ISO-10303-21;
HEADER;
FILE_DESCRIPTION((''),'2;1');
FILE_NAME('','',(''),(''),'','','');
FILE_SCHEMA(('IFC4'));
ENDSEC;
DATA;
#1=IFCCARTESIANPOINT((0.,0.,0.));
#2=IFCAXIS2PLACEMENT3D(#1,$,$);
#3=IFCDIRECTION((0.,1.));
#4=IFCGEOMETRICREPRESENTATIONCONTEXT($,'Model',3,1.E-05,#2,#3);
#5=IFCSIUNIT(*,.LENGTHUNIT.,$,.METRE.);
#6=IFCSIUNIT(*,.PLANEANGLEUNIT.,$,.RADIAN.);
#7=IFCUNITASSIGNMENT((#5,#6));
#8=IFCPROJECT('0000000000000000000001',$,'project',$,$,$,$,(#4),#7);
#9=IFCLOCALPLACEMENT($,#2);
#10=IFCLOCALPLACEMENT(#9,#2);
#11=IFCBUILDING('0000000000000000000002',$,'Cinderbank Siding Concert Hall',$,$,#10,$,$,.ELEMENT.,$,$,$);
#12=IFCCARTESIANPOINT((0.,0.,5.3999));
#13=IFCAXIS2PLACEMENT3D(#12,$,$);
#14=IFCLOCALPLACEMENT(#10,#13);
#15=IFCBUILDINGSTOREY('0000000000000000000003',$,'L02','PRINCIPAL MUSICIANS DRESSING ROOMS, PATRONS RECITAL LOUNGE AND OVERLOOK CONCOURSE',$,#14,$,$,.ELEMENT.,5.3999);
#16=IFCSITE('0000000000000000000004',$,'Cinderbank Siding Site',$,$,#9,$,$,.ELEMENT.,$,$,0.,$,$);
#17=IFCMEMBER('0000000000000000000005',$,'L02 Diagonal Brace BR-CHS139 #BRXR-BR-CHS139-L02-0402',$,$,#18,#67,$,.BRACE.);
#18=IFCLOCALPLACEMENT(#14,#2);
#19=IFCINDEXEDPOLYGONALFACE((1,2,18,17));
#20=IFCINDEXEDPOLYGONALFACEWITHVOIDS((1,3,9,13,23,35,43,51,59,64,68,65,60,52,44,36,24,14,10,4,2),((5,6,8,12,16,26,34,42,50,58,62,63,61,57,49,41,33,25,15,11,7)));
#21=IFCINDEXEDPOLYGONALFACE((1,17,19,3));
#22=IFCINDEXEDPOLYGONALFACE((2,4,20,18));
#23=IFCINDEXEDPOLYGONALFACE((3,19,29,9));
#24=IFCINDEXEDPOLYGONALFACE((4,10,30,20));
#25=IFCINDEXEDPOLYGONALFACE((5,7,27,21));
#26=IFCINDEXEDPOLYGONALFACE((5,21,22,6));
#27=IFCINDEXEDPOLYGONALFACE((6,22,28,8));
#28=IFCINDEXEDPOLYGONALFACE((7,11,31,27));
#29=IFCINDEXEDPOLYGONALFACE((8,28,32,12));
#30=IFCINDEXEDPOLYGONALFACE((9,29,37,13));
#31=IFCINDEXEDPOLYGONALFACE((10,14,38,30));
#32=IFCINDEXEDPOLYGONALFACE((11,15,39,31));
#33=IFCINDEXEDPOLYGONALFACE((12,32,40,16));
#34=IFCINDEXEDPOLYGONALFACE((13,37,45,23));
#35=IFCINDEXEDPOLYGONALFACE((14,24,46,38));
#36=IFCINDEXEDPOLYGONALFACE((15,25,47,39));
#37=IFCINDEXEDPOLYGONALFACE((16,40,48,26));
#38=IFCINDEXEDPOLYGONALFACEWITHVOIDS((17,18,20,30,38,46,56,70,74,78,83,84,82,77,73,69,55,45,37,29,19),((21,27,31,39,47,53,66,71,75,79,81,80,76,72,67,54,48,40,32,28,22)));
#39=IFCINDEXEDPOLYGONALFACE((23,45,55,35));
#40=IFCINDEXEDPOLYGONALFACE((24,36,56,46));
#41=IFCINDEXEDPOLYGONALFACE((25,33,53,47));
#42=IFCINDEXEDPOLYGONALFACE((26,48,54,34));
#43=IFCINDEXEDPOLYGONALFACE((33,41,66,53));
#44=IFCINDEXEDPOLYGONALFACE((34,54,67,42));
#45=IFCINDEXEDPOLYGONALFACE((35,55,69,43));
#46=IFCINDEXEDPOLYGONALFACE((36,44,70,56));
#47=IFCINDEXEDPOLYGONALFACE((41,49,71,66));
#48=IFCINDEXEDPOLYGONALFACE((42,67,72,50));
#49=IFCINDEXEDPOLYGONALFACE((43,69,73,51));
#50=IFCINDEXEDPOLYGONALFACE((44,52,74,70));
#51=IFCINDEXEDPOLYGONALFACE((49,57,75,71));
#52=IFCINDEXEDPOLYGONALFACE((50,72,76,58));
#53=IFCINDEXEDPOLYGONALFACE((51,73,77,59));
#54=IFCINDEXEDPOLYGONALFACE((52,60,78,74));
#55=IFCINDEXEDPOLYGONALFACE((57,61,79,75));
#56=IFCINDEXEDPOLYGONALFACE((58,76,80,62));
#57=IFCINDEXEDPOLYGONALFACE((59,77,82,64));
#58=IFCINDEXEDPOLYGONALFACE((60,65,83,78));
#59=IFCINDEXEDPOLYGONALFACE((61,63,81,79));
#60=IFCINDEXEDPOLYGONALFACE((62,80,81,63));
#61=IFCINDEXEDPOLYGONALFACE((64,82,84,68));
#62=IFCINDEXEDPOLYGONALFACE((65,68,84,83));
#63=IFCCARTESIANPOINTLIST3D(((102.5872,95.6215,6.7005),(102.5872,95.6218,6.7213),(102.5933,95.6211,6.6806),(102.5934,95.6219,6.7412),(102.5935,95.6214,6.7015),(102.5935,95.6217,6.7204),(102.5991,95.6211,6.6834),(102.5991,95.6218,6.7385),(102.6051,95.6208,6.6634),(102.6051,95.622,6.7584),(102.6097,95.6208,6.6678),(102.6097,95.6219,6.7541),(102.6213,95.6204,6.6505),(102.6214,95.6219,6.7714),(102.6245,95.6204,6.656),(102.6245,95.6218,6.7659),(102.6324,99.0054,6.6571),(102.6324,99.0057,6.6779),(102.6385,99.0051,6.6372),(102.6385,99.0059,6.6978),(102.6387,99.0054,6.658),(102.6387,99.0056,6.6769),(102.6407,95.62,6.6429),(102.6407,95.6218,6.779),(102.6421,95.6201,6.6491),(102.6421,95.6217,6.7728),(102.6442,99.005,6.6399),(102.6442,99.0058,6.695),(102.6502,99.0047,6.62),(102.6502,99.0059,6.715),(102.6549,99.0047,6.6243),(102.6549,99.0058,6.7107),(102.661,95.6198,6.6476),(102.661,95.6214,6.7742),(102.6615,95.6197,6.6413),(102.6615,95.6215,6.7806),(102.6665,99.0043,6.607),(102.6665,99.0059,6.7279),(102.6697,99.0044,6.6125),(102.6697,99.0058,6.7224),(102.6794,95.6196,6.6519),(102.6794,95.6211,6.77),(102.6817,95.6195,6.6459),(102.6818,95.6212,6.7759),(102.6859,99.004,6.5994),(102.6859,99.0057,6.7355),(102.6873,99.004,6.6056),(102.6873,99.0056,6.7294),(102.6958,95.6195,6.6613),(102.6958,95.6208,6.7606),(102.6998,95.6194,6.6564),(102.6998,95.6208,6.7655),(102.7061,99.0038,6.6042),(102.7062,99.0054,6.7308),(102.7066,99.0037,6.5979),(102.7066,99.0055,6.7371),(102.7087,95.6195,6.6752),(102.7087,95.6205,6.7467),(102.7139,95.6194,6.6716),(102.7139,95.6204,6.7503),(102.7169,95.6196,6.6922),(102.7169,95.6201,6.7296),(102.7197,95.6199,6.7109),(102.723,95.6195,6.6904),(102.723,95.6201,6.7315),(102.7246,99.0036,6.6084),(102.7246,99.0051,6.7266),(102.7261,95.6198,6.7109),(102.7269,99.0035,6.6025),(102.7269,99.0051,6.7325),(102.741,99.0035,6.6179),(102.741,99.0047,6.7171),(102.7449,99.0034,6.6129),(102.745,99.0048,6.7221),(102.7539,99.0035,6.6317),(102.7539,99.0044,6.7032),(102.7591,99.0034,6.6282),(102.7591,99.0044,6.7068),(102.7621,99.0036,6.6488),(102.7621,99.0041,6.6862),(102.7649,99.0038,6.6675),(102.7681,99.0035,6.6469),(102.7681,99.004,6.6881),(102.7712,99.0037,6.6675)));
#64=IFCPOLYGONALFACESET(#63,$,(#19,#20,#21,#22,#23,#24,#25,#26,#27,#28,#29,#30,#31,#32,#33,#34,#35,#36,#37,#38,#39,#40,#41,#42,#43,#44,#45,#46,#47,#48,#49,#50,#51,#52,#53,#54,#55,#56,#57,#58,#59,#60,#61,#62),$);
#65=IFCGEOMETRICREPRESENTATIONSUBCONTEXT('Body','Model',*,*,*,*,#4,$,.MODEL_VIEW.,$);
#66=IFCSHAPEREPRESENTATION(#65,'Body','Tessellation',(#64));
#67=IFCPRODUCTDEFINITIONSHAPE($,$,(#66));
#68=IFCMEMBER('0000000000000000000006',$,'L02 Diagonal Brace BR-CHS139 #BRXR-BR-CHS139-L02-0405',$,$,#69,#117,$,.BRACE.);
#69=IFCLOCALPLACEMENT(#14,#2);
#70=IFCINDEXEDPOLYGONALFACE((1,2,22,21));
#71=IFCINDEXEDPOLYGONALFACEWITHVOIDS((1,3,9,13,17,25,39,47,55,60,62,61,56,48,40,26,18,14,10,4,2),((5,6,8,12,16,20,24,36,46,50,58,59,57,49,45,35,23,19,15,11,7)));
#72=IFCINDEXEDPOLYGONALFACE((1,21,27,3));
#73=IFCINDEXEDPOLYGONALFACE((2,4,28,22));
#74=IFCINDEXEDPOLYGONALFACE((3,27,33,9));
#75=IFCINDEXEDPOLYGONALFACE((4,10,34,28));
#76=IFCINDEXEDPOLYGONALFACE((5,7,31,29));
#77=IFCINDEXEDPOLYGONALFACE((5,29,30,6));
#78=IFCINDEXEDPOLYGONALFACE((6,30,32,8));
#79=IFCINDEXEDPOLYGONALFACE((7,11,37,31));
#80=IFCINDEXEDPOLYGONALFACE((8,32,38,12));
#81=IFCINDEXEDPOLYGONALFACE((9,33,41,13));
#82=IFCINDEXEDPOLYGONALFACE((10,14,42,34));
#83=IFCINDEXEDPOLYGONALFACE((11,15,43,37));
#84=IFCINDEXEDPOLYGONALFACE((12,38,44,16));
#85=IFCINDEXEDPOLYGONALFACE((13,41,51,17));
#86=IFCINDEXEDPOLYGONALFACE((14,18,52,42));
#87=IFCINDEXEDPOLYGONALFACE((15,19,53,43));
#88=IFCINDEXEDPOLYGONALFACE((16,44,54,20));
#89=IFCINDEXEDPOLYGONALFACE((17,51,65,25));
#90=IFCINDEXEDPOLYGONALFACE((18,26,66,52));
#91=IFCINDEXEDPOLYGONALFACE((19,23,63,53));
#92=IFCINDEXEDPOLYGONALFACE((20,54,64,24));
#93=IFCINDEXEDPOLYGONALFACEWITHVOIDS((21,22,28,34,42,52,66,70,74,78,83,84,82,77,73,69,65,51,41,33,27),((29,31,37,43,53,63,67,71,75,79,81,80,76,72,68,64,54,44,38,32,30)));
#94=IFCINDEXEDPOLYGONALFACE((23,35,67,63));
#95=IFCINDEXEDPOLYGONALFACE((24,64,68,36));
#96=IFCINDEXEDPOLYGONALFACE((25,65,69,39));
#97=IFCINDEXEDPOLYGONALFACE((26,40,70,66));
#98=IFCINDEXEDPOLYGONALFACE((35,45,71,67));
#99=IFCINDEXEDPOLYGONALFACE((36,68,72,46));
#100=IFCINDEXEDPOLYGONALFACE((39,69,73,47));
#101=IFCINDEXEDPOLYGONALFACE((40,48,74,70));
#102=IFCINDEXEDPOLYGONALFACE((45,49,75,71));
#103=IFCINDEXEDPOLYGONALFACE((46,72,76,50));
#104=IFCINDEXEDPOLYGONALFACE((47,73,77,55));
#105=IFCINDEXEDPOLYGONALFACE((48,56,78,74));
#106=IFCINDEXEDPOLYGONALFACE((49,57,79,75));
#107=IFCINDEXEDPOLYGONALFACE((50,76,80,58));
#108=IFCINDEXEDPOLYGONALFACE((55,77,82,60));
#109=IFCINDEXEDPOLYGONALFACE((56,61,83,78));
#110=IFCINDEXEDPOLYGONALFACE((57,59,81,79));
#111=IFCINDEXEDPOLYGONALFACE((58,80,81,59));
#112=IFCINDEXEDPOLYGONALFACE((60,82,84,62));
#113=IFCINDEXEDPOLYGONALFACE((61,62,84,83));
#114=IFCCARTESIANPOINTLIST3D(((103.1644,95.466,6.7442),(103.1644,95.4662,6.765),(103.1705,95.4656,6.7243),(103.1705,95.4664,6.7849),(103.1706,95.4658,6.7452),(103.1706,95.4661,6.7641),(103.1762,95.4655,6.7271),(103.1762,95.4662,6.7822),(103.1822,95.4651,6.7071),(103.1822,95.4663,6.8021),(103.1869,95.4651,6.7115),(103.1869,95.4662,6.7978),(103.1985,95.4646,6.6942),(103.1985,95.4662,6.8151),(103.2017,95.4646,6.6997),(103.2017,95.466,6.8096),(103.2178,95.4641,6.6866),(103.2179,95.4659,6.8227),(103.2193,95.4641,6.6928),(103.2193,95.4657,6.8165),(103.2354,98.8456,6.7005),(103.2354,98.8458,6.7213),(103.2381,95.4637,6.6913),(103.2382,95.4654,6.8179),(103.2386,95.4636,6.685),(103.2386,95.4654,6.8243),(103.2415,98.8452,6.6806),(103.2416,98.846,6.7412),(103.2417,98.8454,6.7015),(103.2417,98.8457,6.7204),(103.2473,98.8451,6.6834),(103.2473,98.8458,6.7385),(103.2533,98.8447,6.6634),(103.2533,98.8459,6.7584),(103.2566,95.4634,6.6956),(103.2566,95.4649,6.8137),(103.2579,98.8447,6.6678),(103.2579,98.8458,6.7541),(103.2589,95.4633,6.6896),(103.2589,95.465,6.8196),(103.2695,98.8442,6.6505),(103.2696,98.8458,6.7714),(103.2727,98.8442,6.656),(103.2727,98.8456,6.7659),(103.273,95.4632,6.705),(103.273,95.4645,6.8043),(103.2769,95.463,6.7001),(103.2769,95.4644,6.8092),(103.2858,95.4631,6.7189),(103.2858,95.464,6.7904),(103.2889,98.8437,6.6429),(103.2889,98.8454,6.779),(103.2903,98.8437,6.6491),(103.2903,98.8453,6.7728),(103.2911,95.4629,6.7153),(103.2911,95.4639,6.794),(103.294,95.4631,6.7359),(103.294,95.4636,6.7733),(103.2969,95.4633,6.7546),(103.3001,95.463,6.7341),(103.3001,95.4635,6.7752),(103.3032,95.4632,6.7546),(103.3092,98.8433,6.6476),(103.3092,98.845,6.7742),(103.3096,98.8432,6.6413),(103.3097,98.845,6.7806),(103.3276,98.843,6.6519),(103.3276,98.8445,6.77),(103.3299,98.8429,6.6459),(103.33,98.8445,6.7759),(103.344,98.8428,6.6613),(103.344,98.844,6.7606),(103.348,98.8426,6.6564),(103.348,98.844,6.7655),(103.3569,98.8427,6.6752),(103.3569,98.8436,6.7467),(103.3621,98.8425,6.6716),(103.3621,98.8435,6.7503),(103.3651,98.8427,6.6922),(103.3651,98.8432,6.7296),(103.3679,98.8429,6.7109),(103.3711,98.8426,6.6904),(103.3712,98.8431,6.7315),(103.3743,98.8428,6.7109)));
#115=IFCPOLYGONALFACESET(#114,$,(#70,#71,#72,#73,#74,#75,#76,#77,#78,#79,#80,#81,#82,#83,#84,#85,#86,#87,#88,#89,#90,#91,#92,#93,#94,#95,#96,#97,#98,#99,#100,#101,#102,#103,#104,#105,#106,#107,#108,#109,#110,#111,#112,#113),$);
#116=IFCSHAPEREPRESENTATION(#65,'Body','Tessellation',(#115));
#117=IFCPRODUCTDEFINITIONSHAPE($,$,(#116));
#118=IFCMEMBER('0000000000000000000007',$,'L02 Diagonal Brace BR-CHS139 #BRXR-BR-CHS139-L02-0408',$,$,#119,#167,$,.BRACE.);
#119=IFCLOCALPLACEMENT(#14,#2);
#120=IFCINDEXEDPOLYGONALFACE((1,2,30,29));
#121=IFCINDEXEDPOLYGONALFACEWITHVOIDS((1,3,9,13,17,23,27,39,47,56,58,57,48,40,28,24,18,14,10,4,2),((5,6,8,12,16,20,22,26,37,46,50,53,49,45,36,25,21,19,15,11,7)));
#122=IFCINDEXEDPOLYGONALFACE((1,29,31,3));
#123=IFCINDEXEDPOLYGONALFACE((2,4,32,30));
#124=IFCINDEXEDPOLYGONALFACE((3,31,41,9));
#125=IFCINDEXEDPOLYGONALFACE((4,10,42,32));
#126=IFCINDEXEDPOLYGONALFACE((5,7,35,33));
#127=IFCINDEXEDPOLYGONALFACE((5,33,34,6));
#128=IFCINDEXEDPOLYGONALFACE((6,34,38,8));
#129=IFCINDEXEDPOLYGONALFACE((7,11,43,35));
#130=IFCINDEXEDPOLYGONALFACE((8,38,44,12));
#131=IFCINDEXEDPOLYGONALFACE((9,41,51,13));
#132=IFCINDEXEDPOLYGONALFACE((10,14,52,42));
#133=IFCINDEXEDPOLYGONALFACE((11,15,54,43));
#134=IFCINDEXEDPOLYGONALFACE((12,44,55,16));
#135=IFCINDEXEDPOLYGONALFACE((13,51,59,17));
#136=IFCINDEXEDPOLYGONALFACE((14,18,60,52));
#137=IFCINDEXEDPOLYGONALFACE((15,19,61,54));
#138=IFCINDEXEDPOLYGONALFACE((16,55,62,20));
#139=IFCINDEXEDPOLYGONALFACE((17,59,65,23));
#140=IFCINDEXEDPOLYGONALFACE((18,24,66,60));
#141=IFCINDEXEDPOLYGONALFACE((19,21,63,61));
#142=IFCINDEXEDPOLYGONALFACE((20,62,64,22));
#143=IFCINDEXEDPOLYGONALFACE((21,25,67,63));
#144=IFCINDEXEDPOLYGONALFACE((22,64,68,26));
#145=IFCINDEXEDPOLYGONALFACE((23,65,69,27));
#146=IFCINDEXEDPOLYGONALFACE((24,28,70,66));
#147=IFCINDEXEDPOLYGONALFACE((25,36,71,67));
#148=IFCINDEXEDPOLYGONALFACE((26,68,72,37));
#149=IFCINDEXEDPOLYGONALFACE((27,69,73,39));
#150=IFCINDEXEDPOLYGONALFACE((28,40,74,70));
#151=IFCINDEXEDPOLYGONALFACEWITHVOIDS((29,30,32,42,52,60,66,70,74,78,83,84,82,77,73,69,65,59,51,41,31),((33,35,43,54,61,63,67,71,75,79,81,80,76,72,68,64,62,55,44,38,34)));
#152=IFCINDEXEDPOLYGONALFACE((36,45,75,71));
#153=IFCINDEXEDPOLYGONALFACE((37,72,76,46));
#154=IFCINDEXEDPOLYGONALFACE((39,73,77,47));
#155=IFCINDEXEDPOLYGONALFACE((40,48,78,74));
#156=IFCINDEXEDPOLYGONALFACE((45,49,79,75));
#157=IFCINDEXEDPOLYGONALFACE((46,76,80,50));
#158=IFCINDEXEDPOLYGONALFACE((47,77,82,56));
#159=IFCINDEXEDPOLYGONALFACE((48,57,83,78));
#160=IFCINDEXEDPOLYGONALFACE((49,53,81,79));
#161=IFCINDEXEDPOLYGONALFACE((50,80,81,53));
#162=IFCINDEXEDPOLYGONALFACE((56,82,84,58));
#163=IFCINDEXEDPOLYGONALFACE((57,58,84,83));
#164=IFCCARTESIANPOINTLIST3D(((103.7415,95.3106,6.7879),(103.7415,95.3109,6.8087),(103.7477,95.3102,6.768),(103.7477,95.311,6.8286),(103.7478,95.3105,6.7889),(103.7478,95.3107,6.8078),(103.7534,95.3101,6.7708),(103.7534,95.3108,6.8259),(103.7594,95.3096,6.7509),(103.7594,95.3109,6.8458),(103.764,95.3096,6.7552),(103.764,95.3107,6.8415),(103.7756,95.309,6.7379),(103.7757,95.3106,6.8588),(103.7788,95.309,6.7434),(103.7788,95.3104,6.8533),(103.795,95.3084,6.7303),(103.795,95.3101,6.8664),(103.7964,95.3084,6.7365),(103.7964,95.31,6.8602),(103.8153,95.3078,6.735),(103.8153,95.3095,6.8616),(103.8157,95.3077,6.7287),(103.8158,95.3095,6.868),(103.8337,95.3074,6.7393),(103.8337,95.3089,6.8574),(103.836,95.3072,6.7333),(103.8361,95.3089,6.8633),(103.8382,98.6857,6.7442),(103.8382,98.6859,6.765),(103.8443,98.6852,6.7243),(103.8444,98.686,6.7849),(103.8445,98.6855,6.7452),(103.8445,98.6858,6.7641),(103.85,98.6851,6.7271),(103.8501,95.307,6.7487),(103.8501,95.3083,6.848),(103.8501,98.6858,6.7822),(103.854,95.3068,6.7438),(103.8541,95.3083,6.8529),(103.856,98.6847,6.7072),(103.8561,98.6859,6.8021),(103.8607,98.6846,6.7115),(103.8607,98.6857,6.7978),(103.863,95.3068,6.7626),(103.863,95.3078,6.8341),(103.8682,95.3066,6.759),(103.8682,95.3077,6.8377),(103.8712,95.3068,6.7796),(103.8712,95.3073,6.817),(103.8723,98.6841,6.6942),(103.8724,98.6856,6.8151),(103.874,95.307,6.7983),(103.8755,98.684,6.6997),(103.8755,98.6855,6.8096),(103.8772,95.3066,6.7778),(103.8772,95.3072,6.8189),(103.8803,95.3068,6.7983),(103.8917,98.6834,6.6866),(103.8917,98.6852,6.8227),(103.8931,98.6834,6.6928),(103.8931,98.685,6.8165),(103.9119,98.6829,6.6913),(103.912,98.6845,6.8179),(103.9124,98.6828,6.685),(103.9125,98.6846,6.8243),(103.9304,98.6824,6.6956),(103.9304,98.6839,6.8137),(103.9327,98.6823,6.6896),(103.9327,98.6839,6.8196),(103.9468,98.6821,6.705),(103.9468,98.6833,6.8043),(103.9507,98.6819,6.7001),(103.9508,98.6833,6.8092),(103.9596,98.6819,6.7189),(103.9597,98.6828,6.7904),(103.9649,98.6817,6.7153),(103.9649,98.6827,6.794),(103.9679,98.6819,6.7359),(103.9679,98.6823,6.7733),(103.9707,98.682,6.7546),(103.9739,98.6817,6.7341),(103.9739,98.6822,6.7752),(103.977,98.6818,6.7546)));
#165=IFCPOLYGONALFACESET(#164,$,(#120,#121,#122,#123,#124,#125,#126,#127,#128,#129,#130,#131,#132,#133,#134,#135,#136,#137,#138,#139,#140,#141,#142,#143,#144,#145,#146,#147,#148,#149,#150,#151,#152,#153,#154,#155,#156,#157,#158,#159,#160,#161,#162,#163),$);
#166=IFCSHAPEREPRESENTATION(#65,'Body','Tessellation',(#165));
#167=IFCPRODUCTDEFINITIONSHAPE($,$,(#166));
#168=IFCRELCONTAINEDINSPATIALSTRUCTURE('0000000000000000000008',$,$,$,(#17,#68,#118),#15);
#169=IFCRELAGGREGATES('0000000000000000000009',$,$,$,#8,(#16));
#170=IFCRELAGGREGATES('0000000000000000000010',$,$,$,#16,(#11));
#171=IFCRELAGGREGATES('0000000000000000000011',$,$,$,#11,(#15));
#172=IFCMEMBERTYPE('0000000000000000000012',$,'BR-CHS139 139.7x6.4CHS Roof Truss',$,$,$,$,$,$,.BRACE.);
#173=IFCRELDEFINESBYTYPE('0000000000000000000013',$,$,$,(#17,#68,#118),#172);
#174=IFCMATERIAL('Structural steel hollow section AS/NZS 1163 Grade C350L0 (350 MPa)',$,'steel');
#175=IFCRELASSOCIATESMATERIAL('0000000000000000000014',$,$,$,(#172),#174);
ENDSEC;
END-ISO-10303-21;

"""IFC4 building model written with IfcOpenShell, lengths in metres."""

from ifc_helpers import new_model, si_unit, direction, frame, origin, origin_2d, place, context, subcontext, project, spatial, hollow_circle, extrude, material, material_profile, profile_set, type_object, element, save


model = new_model("IFC4")

# Units and contexts
model_context = context("Model", 3, precision=1e-05, world=origin(), true_north=direction((0.0, 1.0)))
body_context = subcontext(model_context, "Body", "Model", "MODEL_VIEW")
ifc_project = project(units=[si_unit("LENGTHUNIT", "METRE"), si_unit("PLANEANGLEUNIT", "RADIAN")], contexts=[model_context])

# Site, building, storey
site_placement = place(None, origin())
site = spatial("IfcSite", under=ifc_project, at=site_placement, Name="Cinderbank Siding Site", CompositionType="ELEMENT", RefElevation=0.0)
building_placement = place(site_placement, origin())
building = spatial("IfcBuilding", under=site, at=building_placement, Name="Cinderbank Siding Concert Hall", CompositionType="ELEMENT")
storey_placement = place(building_placement, frame((0.0, 0.0, 5.3999)))
storey = spatial("IfcBuildingStorey", under=building, at=storey_placement, Name="L02", Description="PRINCIPAL MUSICIANS DRESSING ROOMS, PATRONS RECITAL LOUNGE AND OVERLOOK CONCOURSE", CompositionType="ELEMENT", Elevation=5.3999)

# Members
ifc_material_1 = material(Name="Structural steel hollow section AS/NZS 1163 Grade C350L0 (350 MPa)", Category="steel")
ifc_material_profile_1 = material_profile(ifc_material_1, hollow_circle(Radius=0.0698, WallThickness=0.0063, at=origin_2d()), Name="139.7x6.4CHS", Category="LoadBearing")
ifc_profile_set_1 = profile_set([ifc_material_profile_1], Name="Structural steel hollow section AS/NZS 1163 Grade C350L0 (350 MPa)")
member_type_1 = type_object("IfcMemberType", Name="BR-CHS139 139.7x6.4CHS Roof Truss", PredefinedType="BRACE", material=ifc_profile_set_1)
member_1_placement = place(storey_placement, frame((102.7014, 99.0046, 6.6675), z_axis=(-0.013345, -0.999829, 0.01284), x_axis=(0.999911, -0.013346, 0.0)))
element("IfcMember", 1, at=member_1_placement, inside=storey, type_object=member_type_1, Name="L02 Diagonal Brace BR-CHS139 #BRXR-BR-CHS139-L02-0402", PredefinedType="BRACE", context=body_context, shape_type="SweptSolid", body=[
    extrude(hollow_circle(Radius=0.0698, WallThickness=0.0063, at=origin_2d()), origin(), (0.0, 0.0, 1.0), 3.3845),
])
member_2_placement = place(storey_placement, frame((103.3044, 98.8442, 6.7109), z_axis=(-0.021015, -0.999696, 0.012927), x_axis=(0.999779, -0.021017, 0.0)))
element("IfcMember", 2, at=member_2_placement, inside=storey, type_object=member_type_1, Name="L02 Diagonal Brace BR-CHS139 #BRXR-BR-CHS139-L02-0405", PredefinedType="BRACE", context=body_context, shape_type="SweptSolid", body=[
    extrude(hollow_circle(Radius=0.0698, WallThickness=0.0063, at=origin_2d()), origin(), (0.0, 0.0, 1.0), 3.3806),
])
member_3_placement = place(storey_placement, frame((103.9072, 98.6838, 6.7546), z_axis=(-0.028632, -0.999506, 0.012942), x_axis=(0.99959, -0.028634, 0.0)))
element("IfcMember", 3, at=member_3_placement, inside=storey, type_object=member_type_1, Name="L02 Diagonal Brace BR-CHS139 #BRXR-BR-CHS139-L02-0408", PredefinedType="BRACE", context=body_context, shape_type="SweptSolid", body=[
    extrude(hollow_circle(Radius=0.0698, WallThickness=0.0063, at=origin_2d()), origin(), (0.0, 0.0, 1.0), 3.3767),
])

save(model, "model.ifc")
